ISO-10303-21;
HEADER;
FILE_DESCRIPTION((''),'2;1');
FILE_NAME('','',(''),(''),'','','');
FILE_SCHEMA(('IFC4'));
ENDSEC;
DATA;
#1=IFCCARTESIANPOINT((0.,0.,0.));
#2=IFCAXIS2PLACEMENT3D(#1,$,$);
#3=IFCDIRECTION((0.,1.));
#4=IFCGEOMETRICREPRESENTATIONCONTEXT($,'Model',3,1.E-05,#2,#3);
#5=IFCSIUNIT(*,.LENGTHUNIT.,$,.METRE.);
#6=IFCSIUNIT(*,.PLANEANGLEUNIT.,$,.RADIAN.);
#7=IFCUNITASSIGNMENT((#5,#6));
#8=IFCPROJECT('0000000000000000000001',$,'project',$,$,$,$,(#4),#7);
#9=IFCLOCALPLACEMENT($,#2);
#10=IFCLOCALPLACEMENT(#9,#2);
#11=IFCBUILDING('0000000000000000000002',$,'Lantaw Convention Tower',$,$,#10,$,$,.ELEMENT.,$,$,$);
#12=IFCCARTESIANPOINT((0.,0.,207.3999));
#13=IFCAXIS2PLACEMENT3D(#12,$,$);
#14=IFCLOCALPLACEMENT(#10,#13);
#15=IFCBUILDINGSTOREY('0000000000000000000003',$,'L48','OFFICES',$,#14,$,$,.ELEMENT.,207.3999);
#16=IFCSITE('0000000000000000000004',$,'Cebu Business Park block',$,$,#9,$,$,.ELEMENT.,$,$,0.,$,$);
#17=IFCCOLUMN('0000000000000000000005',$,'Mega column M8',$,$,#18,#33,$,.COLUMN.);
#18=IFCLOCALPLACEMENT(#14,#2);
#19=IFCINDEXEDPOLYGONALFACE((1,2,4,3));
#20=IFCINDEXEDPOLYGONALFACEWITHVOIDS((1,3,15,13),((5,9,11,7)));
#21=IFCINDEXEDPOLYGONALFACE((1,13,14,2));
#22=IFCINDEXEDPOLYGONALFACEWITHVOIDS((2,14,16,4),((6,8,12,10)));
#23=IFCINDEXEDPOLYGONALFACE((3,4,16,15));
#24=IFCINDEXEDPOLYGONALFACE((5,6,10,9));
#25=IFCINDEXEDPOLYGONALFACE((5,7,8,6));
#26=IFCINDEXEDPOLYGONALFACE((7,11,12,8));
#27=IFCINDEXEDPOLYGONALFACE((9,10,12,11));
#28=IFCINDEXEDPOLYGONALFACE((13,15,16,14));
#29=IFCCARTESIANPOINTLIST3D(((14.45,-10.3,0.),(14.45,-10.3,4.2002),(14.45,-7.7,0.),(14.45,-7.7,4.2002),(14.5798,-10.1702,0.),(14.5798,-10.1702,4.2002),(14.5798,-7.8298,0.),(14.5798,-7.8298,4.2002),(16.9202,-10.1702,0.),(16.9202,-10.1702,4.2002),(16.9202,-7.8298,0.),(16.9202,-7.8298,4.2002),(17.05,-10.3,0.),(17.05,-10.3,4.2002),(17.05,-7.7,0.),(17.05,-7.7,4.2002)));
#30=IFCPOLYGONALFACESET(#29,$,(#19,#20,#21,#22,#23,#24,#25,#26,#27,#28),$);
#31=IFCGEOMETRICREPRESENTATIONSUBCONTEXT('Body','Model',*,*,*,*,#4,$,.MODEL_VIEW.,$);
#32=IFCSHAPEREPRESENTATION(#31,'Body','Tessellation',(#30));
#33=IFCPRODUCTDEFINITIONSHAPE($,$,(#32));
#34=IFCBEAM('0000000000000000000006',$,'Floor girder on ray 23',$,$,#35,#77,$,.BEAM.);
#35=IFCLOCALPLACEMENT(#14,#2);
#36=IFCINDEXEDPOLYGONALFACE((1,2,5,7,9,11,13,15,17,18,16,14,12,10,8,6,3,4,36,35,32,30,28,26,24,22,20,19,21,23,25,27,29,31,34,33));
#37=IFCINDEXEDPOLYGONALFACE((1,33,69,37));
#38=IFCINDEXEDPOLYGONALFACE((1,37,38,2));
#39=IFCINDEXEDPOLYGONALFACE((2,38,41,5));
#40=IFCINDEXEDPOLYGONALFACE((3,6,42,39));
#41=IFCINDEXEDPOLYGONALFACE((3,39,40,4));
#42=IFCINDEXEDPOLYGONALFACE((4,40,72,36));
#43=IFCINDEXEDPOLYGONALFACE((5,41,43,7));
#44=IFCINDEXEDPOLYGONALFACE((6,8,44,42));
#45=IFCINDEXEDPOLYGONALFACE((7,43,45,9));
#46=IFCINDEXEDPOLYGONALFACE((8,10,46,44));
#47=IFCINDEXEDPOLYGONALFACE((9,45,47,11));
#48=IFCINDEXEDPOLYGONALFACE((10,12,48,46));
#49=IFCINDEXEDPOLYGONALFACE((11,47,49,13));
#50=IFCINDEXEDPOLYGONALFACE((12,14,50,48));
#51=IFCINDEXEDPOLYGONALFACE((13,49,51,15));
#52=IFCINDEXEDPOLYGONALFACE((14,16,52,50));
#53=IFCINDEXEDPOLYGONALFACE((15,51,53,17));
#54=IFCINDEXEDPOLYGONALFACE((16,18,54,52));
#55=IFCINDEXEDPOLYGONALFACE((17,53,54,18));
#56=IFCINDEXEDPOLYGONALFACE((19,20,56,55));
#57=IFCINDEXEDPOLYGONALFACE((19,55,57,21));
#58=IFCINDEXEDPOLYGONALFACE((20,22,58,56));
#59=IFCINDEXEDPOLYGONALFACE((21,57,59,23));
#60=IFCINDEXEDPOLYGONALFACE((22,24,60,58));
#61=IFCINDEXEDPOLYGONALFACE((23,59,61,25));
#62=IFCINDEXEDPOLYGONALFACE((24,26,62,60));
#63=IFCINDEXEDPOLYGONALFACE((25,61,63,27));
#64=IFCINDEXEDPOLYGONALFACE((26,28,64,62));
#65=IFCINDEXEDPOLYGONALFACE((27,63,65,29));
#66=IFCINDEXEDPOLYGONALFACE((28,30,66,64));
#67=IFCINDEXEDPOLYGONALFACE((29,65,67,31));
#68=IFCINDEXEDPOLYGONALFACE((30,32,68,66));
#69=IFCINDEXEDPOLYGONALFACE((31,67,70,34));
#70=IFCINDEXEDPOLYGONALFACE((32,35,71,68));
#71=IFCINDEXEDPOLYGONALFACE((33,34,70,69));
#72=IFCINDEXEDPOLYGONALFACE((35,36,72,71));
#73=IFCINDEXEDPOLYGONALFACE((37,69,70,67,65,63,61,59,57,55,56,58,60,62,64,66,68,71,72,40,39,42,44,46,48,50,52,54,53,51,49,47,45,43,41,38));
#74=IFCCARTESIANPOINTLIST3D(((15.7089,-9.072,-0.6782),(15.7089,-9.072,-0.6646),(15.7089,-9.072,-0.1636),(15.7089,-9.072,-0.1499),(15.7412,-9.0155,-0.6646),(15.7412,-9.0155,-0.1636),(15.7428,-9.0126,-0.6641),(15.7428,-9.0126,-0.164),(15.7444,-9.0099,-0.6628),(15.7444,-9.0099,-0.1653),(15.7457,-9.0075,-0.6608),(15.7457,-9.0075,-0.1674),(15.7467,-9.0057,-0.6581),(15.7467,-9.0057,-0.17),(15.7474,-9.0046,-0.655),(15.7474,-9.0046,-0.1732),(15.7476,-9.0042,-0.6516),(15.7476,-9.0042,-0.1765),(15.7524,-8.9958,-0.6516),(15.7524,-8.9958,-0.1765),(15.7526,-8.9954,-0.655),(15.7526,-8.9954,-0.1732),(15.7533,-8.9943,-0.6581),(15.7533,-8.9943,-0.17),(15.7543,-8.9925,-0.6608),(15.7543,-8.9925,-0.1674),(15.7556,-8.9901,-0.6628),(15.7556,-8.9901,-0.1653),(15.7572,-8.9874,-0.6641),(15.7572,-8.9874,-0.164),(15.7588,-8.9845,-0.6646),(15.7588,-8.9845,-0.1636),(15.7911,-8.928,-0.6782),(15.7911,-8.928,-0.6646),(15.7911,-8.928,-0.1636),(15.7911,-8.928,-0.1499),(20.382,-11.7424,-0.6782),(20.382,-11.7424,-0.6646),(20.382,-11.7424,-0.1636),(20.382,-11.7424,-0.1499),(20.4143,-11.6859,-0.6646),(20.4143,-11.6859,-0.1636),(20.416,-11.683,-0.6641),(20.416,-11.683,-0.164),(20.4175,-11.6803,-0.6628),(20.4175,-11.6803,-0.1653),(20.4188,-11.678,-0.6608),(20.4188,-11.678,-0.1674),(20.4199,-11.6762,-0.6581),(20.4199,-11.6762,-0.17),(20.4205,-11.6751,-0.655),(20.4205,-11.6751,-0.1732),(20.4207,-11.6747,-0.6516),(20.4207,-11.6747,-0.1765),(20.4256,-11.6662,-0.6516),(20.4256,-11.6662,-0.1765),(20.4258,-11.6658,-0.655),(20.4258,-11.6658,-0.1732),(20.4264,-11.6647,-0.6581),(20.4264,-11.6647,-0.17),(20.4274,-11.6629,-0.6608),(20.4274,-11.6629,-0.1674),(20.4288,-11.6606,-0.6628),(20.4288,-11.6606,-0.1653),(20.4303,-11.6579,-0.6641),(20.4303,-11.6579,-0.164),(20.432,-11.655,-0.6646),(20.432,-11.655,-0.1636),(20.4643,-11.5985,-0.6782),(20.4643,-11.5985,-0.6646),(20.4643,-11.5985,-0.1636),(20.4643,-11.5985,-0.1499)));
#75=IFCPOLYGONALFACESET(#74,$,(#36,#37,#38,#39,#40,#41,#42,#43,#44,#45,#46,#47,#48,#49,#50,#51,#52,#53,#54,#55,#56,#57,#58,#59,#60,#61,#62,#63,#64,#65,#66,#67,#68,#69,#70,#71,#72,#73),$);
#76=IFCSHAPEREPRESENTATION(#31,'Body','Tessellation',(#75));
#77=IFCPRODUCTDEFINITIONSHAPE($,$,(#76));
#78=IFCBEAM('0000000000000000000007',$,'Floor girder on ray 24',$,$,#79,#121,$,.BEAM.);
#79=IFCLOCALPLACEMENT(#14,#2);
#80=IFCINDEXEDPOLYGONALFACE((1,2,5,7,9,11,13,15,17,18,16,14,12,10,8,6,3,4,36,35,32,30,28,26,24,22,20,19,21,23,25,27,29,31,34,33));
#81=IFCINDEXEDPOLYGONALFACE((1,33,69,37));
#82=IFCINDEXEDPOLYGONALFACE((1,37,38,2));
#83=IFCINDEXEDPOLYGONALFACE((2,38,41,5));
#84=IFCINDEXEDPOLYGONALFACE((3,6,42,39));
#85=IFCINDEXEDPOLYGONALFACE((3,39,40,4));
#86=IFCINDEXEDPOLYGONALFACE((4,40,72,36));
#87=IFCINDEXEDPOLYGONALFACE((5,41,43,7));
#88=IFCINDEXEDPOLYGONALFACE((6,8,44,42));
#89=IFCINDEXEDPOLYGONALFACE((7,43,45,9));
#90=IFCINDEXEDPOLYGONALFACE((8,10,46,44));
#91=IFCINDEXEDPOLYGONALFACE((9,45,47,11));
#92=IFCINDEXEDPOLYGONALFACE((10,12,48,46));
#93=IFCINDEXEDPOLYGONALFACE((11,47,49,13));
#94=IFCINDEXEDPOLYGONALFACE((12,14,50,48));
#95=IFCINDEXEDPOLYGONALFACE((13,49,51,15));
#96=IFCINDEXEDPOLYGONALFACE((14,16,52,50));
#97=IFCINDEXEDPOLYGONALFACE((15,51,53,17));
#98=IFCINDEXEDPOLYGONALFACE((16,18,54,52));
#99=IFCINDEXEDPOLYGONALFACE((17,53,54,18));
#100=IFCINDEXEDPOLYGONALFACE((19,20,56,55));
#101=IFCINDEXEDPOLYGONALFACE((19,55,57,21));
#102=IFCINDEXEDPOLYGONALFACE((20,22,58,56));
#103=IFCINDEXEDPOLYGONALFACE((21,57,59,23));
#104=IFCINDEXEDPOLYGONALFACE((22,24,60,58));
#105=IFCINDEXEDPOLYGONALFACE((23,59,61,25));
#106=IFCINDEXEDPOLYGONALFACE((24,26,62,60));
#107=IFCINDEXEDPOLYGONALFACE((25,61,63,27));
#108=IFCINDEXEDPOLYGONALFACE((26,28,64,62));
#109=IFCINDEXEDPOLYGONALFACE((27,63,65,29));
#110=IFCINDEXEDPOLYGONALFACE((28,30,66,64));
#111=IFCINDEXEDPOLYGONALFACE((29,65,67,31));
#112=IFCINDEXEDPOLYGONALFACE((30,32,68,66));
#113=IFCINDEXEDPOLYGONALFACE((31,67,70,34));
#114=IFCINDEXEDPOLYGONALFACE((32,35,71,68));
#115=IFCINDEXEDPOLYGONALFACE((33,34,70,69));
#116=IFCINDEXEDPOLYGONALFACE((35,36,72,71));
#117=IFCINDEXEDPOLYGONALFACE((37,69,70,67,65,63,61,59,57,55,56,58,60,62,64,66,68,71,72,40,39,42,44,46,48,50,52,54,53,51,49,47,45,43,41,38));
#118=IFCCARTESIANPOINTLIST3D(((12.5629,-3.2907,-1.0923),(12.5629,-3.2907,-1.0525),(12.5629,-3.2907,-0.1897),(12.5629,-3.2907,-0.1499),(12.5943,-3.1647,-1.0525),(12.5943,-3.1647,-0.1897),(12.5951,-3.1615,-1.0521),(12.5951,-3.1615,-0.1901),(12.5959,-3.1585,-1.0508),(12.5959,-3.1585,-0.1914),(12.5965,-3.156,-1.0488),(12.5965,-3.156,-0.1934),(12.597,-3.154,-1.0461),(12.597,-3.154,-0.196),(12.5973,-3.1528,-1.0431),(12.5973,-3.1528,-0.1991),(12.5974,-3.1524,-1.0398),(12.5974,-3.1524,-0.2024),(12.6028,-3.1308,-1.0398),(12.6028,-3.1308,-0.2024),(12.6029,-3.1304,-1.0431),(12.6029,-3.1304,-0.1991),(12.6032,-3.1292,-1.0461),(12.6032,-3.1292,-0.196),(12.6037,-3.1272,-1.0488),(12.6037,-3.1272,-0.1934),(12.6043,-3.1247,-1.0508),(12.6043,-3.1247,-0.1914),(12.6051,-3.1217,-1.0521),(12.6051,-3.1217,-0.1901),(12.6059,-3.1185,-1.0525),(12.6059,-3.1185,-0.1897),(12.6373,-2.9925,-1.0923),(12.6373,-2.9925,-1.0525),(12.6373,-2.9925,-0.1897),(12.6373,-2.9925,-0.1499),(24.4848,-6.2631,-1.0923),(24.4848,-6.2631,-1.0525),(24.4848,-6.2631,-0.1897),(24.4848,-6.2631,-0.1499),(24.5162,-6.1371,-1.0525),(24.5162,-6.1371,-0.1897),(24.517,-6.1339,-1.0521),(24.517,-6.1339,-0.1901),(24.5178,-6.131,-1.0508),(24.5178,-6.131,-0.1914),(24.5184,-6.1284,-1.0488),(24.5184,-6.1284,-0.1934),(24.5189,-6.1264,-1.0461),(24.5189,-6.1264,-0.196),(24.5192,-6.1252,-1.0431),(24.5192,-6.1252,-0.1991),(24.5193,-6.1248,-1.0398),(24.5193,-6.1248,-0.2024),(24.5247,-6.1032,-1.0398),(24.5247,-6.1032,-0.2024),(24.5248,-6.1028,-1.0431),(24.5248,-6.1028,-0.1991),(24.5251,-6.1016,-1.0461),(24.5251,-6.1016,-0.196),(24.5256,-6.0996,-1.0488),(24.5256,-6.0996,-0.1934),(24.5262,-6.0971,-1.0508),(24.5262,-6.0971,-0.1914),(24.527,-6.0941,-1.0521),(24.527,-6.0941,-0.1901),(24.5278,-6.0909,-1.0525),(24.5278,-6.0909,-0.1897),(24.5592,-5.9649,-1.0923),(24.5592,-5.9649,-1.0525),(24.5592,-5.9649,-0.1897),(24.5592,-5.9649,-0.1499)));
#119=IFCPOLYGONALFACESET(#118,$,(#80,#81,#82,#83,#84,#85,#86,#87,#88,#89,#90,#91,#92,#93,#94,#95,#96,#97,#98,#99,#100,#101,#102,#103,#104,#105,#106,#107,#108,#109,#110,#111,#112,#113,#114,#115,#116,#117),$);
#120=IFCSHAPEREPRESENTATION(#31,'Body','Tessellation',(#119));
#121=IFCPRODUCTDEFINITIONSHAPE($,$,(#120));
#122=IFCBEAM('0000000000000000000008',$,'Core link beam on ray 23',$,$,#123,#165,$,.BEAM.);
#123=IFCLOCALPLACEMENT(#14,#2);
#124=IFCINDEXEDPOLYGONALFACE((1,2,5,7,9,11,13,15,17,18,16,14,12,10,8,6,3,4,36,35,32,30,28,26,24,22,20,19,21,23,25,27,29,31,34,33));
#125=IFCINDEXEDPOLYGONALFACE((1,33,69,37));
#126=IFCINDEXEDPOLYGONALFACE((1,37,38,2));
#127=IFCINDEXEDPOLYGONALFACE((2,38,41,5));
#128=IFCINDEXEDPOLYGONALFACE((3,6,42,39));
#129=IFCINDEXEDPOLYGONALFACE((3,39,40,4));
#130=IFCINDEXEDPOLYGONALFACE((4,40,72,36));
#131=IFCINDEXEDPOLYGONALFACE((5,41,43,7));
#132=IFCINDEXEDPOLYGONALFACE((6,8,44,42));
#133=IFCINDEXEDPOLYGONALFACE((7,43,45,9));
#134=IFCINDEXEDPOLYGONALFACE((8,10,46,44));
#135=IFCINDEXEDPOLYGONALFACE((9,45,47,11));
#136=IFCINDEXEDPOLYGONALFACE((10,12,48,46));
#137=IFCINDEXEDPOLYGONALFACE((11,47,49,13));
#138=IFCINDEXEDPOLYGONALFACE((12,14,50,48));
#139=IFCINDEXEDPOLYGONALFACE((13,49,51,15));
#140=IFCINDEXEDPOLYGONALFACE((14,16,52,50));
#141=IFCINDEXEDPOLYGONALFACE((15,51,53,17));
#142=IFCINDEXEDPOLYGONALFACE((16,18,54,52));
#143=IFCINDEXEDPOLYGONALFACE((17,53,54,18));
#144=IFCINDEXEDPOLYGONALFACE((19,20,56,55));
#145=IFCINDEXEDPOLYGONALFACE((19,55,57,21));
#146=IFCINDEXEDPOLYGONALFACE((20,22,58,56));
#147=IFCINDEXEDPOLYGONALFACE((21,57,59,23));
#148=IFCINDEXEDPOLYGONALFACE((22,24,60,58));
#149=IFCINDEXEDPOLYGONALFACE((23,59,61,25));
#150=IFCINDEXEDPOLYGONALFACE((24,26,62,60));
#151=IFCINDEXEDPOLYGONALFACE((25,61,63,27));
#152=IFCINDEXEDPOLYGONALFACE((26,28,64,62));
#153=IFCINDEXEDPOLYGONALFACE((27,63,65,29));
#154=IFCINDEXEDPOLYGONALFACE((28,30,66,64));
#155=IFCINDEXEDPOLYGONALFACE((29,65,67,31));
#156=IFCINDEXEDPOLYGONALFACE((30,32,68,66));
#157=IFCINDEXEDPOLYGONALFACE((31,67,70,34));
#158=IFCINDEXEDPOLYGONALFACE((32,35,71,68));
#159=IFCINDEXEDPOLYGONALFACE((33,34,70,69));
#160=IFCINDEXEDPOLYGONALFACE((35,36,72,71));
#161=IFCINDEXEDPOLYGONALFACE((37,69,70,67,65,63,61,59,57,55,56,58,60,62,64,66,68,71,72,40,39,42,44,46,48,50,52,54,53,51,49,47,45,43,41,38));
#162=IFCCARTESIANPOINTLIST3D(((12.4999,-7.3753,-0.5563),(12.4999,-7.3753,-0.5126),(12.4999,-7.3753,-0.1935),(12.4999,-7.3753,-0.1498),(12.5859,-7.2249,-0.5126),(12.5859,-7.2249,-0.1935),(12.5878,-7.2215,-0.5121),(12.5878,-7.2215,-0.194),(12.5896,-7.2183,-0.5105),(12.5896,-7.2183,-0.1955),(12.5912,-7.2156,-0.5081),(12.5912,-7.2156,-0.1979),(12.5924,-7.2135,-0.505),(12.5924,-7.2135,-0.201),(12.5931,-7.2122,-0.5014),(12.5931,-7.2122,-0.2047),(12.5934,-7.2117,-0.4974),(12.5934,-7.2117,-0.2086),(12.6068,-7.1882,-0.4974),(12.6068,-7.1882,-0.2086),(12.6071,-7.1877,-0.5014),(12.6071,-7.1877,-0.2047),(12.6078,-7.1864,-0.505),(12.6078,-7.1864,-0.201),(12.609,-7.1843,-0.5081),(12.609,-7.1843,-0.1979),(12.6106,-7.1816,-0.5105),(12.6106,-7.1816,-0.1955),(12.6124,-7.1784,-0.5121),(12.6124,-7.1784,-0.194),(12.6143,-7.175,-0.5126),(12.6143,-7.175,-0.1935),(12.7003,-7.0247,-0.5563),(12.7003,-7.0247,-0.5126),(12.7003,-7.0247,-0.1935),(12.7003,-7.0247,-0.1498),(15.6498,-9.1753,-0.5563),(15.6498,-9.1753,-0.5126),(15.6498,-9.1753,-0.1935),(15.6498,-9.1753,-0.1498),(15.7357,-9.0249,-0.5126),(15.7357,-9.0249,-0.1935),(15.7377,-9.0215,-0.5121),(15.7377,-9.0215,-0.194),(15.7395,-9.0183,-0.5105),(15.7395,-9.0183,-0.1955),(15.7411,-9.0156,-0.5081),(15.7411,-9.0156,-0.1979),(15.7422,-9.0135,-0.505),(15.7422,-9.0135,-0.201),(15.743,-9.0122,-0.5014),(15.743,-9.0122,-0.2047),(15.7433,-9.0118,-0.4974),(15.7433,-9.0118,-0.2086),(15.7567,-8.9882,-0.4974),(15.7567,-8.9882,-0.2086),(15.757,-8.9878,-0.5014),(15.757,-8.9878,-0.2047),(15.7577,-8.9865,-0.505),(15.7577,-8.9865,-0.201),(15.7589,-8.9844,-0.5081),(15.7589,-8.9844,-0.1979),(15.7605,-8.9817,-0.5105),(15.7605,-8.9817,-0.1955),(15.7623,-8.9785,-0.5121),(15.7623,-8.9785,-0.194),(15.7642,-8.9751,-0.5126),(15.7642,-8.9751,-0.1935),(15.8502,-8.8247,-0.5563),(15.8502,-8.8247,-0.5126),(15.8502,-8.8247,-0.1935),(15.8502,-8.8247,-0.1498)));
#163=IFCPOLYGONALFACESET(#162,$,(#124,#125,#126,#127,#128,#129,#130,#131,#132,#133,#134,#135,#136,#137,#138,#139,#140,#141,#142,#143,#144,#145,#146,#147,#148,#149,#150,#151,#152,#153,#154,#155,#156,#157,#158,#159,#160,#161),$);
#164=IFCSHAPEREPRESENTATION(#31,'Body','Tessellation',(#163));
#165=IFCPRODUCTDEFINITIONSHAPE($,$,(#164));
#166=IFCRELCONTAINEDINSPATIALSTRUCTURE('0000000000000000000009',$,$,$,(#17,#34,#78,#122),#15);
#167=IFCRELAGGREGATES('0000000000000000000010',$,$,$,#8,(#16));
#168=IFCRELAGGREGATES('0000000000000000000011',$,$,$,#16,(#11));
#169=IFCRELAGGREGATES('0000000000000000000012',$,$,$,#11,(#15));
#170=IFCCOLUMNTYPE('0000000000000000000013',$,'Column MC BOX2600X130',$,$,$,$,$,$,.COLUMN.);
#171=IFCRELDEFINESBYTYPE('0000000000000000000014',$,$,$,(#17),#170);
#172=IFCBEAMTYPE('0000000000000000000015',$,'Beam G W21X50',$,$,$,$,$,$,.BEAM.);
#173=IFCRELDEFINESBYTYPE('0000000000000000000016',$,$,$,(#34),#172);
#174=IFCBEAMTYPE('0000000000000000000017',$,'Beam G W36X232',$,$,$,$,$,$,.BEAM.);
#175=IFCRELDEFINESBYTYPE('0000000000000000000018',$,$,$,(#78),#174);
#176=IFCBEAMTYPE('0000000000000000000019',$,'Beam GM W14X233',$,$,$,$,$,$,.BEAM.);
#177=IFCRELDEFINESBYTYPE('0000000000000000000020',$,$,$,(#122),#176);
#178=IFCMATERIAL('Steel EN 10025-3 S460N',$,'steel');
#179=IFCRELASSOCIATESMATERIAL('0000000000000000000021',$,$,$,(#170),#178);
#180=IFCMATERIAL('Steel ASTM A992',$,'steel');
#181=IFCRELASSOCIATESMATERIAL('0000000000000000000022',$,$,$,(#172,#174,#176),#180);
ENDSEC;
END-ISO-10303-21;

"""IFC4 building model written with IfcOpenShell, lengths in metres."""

from ifc_helpers import new_model, si_unit, direction, frame, origin, origin_2d, place, context, subcontext, project, spatial, rectangle, hollow_rectangle, i_section, extrude, material, material_profile, profile_set, type_object, element, save


model = new_model("IFC4")

# Units and contexts
model_context = context("Model", 3, precision=1e-05, world=origin(), true_north=direction((0.0, 1.0)))
body_context = subcontext(model_context, "Body", "Model", "MODEL_VIEW")
ifc_project = project(units=[si_unit("LENGTHUNIT", "METRE"), si_unit("PLANEANGLEUNIT", "RADIAN")], contexts=[model_context])

# Site, building, storey
site_placement = place(None, origin())
site = spatial("IfcSite", under=ifc_project, at=site_placement, Name="Cebu Business Park block", CompositionType="ELEMENT", RefElevation=0.0)
building_placement = place(site_placement, origin())
building = spatial("IfcBuilding", under=site, at=building_placement, Name="Lantaw Convention Tower", CompositionType="ELEMENT")
storey_placement = place(building_placement, frame((0.0, 0.0, 207.3999)))
storey = spatial("IfcBuildingStorey", under=building, at=storey_placement, Name="L48", Description="OFFICES", CompositionType="ELEMENT", Elevation=207.3999)

# Column
ifc_material_1 = material(Name="Steel EN 10025-3 S460N", Category="steel")
ifc_material_profile_1 = material_profile(ifc_material_1, hollow_rectangle(XDim=2.6001, YDim=2.6001, WallThickness=0.1299, at=origin_2d()), Name="BOX2600X130")
ifc_material_2 = material(Name="Concrete C60/75", Category="concrete")
ifc_material_profile_2 = material_profile(ifc_material_2, rectangle(XDim=2.3401, YDim=2.3401, at=origin_2d()), Name="Concrete fill of BOX2600X130")
ifc_profile_set_1 = profile_set([ifc_material_profile_1, ifc_material_profile_2], Name="Steel EN 10025-3 S460N")
column_type = type_object("IfcColumnType", Name="Column MC BOX2600X130", PredefinedType="COLUMN", material=ifc_profile_set_1)
column_placement = place(storey_placement, frame((15.75, -9.0, 0.0), z_axis=(0.0, 0.0, 1.0), x_axis=(1.0, 0.0, 0.0)))
element("IfcColumn", 1, at=column_placement, inside=storey, type_object=column_type, Name="Mega column M8", PredefinedType="COLUMN", context=body_context, shape_type="SweptSolid", body=[
    extrude(hollow_rectangle(XDim=2.6001, YDim=2.6001, WallThickness=0.1299, at=origin_2d()), origin(), (0.0, 0.0, 1.0), 4.2002),
])

# Beams
ifc_material_3 = material(Name="Steel ASTM A992", Category="steel")
ifc_material_profile_3 = material_profile(ifc_material_3, i_section(OverallWidth=0.1658, OverallDepth=0.5283, WebThickness=0.0098, FlangeThickness=0.0137, FilletRadius=0.0129, at=origin_2d()), Name="W21X50")
ifc_profile_set_2 = profile_set([ifc_material_profile_3], Name="Steel ASTM A992")
beam_type_1 = type_object("IfcBeamType", Name="Beam G W21X50", PredefinedType="BEAM", material=ifc_profile_set_2)
beam_1_placement = place(storey_placement, frame((15.75, -9.0, -0.4141), z_axis=(0.868238, -0.496149, 0.0), x_axis=(0.496149, 0.868238, 0.0)))
element("IfcBeam", 2, at=beam_1_placement, inside=storey, type_object=beam_type_1, Name="Floor girder on ray 23", PredefinedType="BEAM", context=body_context, shape_type="SweptSolid", body=[
    extrude(i_section(OverallWidth=0.1658, OverallDepth=0.5283, WebThickness=0.0098, FlangeThickness=0.0137, FilletRadius=0.0129, at=origin_2d()), origin(), (0.0, 0.0, 1.0), 5.3823),
])
ifc_material_profile_4 = material_profile(ifc_material_3, i_section(OverallWidth=0.3074, OverallDepth=0.9424, WebThickness=0.0222, FlangeThickness=0.0398, FilletRadius=0.0127, at=origin_2d()), Name="W36X232")
ifc_profile_set_3 = profile_set([ifc_material_profile_4], Name="Steel ASTM A992")
beam_type_2 = type_object("IfcBeamType", Name="Beam G W36X232", PredefinedType="BEAM", material=ifc_profile_set_3)
beam_2_placement = place(storey_placement, frame((12.6001, -3.1416, -0.6211), z_axis=(0.970297, -0.241918, 0.0), x_axis=(0.241918, 0.970297, 0.0)))
element("IfcBeam", 3, at=beam_2_placement, inside=storey, type_object=beam_type_2, Name="Floor girder on ray 24", PredefinedType="BEAM", context=body_context, shape_type="SweptSolid", body=[
    extrude(i_section(OverallWidth=0.3074, OverallDepth=0.9424, WebThickness=0.0222, FlangeThickness=0.0398, FilletRadius=0.0127, at=origin_2d()), origin(), (0.0, 0.0, 1.0), 12.2869),
])
ifc_material_profile_5 = material_profile(ifc_material_3, i_section(OverallWidth=0.4038, OverallDepth=0.4065, WebThickness=0.0271, FlangeThickness=0.0437, FilletRadius=0.0151, at=origin_2d()), Name="W14X233")
ifc_profile_set_4 = profile_set([ifc_material_profile_5], Name="Steel ASTM A992")
beam_type_3 = type_object("IfcBeamType", Name="Beam GM W14X233", PredefinedType="BEAM", material=ifc_profile_set_4)
beam_3_placement = place(storey_placement, frame((12.6001, -7.2, -0.353), z_axis=(0.868231, -0.496161, 0.0), x_axis=(0.496161, 0.868231, 0.0)))
element("IfcBeam", 4, at=beam_3_placement, inside=storey, type_object=beam_type_3, Name="Core link beam on ray 23", PredefinedType="BEAM", context=body_context, shape_type="SweptSolid", body=[
    extrude(i_section(OverallWidth=0.4038, OverallDepth=0.4065, WebThickness=0.0271, FlangeThickness=0.0437, FilletRadius=0.0151, at=origin_2d()), origin(), (0.0, 0.0, 1.0), 3.6279),
])

save(model, "model.ifc")
